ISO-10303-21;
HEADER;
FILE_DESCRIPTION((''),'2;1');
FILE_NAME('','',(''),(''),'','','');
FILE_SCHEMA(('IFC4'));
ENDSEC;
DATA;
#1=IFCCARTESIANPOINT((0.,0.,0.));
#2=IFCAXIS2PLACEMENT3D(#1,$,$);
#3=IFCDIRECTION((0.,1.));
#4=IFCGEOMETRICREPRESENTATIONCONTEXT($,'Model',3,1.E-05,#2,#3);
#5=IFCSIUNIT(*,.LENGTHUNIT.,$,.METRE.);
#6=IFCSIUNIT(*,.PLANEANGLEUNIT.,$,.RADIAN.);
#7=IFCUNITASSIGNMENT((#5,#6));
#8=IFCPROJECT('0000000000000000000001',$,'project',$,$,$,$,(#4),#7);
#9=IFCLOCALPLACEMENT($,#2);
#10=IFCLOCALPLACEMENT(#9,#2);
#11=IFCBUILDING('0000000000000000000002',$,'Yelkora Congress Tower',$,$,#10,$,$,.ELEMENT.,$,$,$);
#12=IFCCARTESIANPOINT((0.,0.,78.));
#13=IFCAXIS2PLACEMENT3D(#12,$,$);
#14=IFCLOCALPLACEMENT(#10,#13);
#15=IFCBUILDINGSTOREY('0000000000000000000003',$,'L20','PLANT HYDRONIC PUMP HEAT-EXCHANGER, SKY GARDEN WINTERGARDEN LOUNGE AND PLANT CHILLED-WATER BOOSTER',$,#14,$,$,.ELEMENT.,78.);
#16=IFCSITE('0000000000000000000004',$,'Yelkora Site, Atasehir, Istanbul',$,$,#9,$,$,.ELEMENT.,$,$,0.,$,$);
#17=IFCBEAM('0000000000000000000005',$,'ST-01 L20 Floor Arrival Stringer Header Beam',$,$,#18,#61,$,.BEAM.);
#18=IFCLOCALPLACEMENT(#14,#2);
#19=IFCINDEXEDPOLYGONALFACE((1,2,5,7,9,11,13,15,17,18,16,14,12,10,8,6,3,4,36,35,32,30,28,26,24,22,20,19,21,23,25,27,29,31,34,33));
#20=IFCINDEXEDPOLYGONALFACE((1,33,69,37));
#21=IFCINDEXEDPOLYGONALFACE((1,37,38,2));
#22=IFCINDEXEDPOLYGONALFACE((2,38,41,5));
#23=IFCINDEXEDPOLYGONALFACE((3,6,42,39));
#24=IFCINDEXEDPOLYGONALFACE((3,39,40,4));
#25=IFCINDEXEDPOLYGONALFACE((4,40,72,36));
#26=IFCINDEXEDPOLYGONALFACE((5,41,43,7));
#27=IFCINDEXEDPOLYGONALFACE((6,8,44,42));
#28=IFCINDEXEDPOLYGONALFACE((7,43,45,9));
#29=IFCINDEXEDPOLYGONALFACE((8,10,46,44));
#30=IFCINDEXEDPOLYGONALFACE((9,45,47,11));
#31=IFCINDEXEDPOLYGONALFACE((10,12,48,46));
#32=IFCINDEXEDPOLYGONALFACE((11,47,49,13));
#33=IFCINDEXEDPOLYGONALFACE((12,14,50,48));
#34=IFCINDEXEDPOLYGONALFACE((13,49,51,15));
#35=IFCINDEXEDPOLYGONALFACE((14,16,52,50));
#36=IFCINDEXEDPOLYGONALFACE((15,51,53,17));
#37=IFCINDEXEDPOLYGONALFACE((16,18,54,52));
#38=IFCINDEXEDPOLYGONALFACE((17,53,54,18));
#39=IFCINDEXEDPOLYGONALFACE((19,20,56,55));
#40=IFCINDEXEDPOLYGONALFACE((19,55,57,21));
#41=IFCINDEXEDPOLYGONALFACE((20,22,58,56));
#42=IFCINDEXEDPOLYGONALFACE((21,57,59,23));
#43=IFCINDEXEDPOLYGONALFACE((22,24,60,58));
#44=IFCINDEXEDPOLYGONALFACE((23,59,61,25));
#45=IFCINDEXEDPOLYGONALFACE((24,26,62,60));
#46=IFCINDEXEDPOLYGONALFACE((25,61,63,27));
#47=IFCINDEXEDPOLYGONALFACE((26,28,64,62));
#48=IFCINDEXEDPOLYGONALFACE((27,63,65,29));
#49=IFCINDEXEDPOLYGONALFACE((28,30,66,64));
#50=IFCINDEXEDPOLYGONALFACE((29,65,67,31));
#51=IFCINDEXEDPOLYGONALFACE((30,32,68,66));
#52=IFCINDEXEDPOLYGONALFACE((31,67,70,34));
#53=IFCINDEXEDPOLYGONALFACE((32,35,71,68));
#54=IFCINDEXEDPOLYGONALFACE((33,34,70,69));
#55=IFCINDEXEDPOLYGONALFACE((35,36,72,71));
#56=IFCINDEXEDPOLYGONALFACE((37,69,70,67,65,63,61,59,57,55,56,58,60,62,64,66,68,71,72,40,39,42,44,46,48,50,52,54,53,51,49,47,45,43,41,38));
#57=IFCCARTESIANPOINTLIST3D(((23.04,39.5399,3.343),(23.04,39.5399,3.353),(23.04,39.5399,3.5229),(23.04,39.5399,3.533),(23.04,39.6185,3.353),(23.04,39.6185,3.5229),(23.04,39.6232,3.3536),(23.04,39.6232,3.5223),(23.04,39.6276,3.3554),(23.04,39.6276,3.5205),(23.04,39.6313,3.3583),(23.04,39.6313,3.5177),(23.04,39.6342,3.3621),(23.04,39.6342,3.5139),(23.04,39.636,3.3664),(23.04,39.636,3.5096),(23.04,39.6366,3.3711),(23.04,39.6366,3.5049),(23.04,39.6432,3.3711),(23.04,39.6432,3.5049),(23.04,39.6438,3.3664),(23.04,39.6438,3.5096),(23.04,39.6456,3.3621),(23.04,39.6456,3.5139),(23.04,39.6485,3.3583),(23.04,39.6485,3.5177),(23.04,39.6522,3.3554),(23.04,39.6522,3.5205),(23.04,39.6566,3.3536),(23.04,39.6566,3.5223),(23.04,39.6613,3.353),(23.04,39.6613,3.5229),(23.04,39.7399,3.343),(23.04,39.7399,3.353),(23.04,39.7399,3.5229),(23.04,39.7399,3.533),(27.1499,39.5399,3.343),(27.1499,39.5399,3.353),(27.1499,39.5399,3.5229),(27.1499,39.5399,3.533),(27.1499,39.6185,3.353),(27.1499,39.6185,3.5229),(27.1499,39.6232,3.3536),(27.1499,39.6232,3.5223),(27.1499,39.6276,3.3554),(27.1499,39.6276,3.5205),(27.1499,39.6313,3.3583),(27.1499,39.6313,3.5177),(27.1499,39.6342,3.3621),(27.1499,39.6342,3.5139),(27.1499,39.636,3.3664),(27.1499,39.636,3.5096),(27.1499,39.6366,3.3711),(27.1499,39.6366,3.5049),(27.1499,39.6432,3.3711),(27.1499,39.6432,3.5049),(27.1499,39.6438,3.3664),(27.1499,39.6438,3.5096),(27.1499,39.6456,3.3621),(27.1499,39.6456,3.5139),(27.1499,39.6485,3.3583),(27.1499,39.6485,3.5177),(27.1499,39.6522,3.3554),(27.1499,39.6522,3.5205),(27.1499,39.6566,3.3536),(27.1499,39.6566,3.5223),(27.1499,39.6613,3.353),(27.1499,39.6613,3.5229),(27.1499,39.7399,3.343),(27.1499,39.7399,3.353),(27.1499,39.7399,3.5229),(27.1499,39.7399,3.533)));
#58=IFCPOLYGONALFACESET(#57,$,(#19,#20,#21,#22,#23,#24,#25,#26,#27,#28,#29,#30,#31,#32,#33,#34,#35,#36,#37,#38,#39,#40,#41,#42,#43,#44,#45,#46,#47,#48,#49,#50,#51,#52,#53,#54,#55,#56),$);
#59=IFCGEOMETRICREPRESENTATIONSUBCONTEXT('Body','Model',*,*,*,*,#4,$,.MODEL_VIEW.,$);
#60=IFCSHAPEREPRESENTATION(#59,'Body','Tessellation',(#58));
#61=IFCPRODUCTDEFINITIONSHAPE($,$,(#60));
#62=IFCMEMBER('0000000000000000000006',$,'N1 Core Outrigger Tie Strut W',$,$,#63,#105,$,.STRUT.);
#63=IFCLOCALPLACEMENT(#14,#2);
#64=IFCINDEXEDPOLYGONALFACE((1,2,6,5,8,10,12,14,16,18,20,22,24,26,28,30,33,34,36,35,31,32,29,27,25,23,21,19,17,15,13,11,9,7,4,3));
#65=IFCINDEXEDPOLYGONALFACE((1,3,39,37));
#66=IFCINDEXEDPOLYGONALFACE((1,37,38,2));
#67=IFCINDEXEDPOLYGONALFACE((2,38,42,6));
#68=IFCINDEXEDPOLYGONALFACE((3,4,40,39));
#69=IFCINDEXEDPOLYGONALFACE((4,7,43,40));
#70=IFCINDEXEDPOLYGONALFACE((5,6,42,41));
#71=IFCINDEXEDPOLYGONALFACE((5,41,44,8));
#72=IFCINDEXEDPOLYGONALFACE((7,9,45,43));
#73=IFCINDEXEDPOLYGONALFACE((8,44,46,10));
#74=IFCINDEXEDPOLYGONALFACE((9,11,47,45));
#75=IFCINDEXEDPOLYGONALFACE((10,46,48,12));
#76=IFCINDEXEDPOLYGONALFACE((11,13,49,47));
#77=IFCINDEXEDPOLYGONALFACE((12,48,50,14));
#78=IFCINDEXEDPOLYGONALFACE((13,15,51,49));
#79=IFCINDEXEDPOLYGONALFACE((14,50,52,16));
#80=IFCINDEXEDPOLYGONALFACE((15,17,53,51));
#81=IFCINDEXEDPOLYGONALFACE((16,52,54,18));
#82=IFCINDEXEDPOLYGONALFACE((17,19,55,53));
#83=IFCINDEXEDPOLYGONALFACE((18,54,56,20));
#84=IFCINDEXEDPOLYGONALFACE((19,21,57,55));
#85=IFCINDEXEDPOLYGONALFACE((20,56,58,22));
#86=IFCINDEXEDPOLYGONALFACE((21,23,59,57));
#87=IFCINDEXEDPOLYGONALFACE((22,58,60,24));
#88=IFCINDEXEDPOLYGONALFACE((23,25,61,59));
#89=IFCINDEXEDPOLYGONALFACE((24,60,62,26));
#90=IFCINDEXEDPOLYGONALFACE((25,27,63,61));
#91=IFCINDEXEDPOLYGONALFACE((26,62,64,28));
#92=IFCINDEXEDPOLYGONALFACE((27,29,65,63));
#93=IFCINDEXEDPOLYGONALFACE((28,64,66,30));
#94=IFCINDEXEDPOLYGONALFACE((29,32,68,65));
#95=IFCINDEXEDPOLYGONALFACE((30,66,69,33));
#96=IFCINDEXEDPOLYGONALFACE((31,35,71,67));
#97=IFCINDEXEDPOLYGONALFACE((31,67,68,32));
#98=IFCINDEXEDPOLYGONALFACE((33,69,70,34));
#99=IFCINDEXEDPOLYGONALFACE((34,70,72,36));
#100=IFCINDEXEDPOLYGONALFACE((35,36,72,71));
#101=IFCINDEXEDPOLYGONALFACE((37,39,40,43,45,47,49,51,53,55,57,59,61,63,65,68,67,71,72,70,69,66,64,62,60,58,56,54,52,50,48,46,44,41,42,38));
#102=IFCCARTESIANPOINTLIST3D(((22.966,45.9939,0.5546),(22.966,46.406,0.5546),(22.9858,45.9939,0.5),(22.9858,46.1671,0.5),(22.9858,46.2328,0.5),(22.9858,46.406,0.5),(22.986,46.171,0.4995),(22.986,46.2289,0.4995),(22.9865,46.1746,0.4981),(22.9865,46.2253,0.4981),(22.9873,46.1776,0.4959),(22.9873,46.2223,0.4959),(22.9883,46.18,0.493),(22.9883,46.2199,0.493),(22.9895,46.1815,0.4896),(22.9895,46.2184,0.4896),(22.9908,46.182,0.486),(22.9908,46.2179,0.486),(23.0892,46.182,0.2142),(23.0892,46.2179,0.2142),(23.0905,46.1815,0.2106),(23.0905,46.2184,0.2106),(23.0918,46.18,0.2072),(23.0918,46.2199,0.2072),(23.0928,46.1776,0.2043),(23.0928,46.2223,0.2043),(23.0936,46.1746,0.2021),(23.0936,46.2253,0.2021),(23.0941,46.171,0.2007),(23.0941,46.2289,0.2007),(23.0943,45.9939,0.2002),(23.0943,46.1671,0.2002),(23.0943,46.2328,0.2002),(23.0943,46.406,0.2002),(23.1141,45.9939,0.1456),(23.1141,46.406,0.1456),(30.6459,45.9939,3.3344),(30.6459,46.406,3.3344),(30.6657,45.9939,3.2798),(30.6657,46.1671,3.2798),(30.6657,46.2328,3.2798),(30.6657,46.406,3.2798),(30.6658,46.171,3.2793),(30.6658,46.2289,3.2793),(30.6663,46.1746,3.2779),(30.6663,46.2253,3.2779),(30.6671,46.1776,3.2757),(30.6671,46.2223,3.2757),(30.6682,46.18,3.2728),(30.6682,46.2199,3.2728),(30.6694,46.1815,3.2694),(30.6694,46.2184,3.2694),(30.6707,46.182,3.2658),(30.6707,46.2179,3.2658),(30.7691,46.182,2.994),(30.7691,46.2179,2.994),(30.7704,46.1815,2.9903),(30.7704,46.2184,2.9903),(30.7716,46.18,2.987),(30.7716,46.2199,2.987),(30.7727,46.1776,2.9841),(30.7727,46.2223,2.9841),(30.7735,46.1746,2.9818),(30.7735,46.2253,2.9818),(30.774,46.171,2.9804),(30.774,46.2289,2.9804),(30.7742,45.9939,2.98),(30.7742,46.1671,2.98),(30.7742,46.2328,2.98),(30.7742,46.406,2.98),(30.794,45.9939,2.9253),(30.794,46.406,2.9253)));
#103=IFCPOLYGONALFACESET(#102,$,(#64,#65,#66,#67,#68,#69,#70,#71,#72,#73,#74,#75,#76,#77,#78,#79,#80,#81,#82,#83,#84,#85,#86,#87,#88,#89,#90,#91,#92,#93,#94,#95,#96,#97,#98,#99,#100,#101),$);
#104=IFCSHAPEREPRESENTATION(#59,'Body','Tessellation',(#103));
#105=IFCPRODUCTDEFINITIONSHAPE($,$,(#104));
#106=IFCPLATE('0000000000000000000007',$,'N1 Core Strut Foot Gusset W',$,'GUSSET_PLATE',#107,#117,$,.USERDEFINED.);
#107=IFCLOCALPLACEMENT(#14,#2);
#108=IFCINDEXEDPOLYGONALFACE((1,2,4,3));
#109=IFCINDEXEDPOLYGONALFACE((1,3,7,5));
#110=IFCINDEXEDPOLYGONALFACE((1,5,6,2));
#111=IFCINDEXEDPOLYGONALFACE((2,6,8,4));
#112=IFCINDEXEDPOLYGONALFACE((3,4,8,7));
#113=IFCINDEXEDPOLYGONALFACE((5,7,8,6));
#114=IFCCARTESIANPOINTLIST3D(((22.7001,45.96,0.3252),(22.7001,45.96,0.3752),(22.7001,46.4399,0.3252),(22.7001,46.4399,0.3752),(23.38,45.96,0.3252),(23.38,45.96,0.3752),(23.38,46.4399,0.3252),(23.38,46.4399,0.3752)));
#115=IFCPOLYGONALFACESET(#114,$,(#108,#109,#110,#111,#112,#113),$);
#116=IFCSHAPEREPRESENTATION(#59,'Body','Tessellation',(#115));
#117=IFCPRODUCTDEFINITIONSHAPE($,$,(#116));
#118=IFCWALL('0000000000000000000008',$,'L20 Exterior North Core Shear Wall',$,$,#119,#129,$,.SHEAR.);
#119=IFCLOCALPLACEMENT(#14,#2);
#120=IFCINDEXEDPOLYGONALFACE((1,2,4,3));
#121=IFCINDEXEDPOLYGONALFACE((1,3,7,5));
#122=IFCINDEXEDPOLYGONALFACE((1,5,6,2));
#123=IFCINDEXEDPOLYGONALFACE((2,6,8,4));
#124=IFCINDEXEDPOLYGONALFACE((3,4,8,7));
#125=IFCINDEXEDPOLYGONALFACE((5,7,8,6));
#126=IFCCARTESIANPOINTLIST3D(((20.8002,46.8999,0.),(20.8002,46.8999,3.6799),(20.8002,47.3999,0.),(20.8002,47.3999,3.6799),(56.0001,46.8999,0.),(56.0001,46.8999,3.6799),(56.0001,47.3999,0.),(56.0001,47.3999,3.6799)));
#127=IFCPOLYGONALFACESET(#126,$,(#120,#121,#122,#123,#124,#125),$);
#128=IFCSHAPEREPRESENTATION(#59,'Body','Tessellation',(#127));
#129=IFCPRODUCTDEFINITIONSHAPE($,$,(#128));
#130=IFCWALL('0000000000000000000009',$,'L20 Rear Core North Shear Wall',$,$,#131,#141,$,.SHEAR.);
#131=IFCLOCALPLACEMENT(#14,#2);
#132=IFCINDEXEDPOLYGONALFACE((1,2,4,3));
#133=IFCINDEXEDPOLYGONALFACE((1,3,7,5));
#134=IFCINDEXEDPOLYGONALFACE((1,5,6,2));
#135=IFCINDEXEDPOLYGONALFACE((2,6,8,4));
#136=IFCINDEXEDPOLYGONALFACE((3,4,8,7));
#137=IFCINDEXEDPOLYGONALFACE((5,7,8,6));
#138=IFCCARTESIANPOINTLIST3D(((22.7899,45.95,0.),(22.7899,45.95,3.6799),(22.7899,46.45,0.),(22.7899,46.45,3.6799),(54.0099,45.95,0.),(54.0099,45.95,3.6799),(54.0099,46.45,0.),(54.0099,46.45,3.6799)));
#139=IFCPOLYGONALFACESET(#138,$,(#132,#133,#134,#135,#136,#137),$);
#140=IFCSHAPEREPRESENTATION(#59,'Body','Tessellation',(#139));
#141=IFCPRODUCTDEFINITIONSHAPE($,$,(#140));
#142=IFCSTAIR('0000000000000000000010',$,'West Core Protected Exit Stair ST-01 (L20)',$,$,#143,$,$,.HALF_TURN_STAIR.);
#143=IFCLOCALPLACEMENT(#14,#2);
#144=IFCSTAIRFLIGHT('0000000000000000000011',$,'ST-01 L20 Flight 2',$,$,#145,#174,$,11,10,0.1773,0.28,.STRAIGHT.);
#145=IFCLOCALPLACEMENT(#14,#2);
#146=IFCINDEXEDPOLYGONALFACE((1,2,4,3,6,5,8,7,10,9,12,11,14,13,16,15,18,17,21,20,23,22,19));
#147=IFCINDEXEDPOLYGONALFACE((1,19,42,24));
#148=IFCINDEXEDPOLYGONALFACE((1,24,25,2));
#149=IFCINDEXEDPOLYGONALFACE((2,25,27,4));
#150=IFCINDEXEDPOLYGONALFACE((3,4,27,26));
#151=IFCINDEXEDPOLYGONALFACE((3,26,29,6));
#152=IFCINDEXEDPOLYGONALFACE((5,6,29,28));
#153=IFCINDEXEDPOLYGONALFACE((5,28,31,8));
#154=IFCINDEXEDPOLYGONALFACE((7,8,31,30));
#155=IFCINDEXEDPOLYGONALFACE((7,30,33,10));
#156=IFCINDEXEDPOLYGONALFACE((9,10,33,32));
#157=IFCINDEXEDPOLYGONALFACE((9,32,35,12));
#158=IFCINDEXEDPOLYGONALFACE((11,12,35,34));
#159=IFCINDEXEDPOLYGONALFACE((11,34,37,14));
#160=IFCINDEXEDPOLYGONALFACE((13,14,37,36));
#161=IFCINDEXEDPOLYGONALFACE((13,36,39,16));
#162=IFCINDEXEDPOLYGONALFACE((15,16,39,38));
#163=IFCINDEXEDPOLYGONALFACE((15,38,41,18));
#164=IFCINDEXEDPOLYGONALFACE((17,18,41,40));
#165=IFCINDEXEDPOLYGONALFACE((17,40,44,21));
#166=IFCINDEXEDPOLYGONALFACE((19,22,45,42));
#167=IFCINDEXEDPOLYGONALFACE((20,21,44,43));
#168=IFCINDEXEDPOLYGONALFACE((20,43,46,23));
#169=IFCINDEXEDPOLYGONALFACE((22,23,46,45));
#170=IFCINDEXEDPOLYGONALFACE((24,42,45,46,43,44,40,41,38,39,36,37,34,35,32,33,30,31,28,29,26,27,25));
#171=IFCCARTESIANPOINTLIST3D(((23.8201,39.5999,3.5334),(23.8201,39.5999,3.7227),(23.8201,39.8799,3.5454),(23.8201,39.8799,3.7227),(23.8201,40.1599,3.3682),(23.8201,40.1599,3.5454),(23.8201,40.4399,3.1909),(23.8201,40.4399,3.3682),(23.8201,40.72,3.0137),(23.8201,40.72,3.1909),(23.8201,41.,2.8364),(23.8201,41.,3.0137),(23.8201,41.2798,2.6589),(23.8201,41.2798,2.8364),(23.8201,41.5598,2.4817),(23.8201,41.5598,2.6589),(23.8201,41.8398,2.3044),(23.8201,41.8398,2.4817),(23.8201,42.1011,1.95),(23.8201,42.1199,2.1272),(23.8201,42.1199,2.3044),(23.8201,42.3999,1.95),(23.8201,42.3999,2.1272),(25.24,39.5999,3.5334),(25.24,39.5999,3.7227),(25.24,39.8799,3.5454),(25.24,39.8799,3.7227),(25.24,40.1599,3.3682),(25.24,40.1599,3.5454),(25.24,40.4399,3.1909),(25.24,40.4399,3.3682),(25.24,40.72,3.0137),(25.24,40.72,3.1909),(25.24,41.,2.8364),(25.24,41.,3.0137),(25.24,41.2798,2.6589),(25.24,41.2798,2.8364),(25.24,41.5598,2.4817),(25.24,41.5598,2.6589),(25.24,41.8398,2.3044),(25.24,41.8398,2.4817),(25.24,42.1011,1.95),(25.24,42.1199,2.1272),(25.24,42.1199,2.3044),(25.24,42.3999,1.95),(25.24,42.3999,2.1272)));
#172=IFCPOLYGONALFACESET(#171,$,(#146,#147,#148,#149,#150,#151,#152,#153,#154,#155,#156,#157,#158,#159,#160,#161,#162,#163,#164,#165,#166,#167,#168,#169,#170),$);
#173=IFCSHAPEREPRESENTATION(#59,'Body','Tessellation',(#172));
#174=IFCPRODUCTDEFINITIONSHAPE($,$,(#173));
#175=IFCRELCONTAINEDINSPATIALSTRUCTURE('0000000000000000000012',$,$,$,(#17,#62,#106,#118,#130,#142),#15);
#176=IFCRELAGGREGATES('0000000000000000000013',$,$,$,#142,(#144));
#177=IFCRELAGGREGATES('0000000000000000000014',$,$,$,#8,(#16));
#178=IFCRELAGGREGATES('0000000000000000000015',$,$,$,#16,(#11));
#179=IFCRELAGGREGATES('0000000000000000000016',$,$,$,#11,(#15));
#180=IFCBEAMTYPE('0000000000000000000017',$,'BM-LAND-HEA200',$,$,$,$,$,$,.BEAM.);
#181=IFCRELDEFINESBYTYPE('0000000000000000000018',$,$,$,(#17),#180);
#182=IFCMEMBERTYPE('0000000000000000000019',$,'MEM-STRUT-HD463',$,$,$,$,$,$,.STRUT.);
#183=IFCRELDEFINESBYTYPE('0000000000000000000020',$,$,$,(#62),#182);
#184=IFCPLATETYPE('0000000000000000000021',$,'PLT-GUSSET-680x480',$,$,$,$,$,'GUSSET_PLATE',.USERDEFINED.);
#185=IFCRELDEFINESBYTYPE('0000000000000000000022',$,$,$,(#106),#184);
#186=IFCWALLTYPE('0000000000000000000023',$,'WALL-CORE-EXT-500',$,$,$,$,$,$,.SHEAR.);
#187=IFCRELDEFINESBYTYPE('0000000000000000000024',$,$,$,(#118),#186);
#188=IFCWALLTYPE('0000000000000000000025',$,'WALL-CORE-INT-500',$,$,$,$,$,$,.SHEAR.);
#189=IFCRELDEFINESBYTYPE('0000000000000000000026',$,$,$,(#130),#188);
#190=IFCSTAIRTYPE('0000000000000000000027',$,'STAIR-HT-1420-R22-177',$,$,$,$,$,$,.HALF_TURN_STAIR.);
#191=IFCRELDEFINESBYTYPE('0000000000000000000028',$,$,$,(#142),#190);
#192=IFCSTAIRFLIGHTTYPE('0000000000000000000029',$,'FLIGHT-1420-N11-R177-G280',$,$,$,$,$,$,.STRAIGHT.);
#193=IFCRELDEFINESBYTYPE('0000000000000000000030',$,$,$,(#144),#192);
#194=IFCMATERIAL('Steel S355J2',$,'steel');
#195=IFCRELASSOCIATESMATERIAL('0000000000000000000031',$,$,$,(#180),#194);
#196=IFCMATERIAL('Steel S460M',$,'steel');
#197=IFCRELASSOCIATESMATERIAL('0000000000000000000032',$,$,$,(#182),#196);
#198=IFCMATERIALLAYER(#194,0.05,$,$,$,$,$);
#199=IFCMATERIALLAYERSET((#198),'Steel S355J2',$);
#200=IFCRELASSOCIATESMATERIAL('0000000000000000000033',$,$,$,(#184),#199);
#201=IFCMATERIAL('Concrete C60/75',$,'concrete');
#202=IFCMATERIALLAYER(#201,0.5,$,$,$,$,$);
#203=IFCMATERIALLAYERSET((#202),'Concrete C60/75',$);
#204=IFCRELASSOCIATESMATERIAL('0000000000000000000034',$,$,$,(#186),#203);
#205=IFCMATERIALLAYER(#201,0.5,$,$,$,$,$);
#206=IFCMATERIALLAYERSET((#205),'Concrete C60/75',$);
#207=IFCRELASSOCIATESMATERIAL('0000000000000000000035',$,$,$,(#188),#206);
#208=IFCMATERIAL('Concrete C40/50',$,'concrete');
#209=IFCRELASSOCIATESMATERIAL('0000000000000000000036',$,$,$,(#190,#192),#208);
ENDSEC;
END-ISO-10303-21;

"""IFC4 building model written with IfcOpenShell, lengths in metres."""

from ifc_helpers import new_model, si_unit, direction, frame, frame_2d, origin, origin_2d, place, context, subcontext, project, spatial, polyline, rectangle, i_section, outline, extrude, material, layer, layer_set, material_profile, profile_set, type_object, element, aggregate, save


model = new_model("IFC4")

# Units and contexts
model_context = context("Model", 3, precision=1e-05, world=origin(), true_north=direction((0.0, 1.0)))
body_context = subcontext(model_context, "Body", "Model", "MODEL_VIEW")
ifc_project = project(units=[si_unit("LENGTHUNIT", "METRE"), si_unit("PLANEANGLEUNIT", "RADIAN")], contexts=[model_context])

# Site, building, storey
site_placement = place(None, origin())
site = spatial("IfcSite", under=ifc_project, at=site_placement, Name="Yelkora Site, Atasehir, Istanbul", CompositionType="ELEMENT", RefElevation=0.0)
building_placement = place(site_placement, origin())
building = spatial("IfcBuilding", under=site, at=building_placement, Name="Yelkora Congress Tower", CompositionType="ELEMENT")
storey_placement = place(building_placement, frame((0.0, 0.0, 78.0)))
storey = spatial("IfcBuildingStorey", under=building, at=storey_placement, Name="L20", Description="PLANT HYDRONIC PUMP HEAT-EXCHANGER, SKY GARDEN WINTERGARDEN LOUNGE AND PLANT CHILLED-WATER BOOSTER", CompositionType="ELEMENT", Elevation=78.0)

# Shared definitions
ifc_material_1 = material(Name="Concrete C60/75", Category="concrete")

# Beam
ifc_material_2 = material(Name="Steel S355J2", Category="steel")
ifc_material_profile_1 = material_profile(ifc_material_2, i_section(OverallWidth=0.2, OverallDepth=0.1899, WebThickness=0.0066, FlangeThickness=0.01, FilletRadius=0.0181, at=origin_2d()), Name="HEA 200")
ifc_profile_set_1 = profile_set([ifc_material_profile_1], Name="Steel S355J2")
beam_type = type_object("IfcBeamType", Name="BM-LAND-HEA200", PredefinedType="BEAM", material=ifc_profile_set_1)
beam_1_placement = place(storey_placement, frame((23.04, 39.6399, 3.438), z_axis=(1.0, 0.0, 0.0), x_axis=(0.0, 1.0, 0.0)))
element("IfcBeam", 1, at=beam_1_placement, inside=storey, type_object=beam_type, Name="ST-01 L20 Floor Arrival Stringer Header Beam", PredefinedType="BEAM", context=body_context, shape_type="SweptSolid", body=[
    extrude(i_section(OverallWidth=0.2, OverallDepth=0.1899, WebThickness=0.0066, FlangeThickness=0.01, FilletRadius=0.0181, at=origin_2d()), origin(), (0.0, 0.0, 1.0), 4.1099),
])

# Member
ifc_material_3 = material(Name="Steel S460M", Category="steel")
ifc_material_profile_2 = material_profile(ifc_material_3, i_section(OverallWidth=0.4121, OverallDepth=0.4351, WebThickness=0.0359, FlangeThickness=0.0581, FilletRadius=0.0149, at=origin_2d()), Name="HD 400x463")
ifc_profile_set_2 = profile_set([ifc_material_profile_2], Name="Steel S460M")
member_type = type_object("IfcMemberType", Name="MEM-STRUT-HD463", PredefinedType="STRUT", material=ifc_profile_set_2)
member_placement = place(storey_placement, frame((23.04, 46.2, 0.3501), z_axis=(0.9403, 0.0, 0.340346), x_axis=(0.0, 1.0, 0.0)))
element("IfcMember", 2, at=member_placement, inside=storey, type_object=member_type, Name="N1 Core Outrigger Tie Strut W", PredefinedType="STRUT", context=body_context, shape_type="SweptSolid", body=[
    extrude(i_section(OverallWidth=0.4121, OverallDepth=0.4351, WebThickness=0.0359, FlangeThickness=0.0581, FilletRadius=0.0149, at=origin_2d()), origin(), (0.0, 0.0, 1.0), 8.1675),
])

# Plate
ifc_layer_1 = layer(ifc_material_2, 0.05)
ifc_layer_set_1 = layer_set([ifc_layer_1], Name="Steel S355J2")
plate_type = type_object("IfcPlateType", Name="PLT-GUSSET-680x480", ElementType="GUSSET_PLATE", PredefinedType="USERDEFINED", material=ifc_layer_set_1)
plate_placement = place(storey_placement, frame((23.04, 46.2, 0.3252), z_axis=(0.0, 0.0, 1.0), x_axis=(1.0, 0.0, 0.0)))
element("IfcPlate", 3, at=plate_placement, inside=storey, type_object=plate_type, Name="N1 Core Strut Foot Gusset W", ObjectType="GUSSET_PLATE", PredefinedType="USERDEFINED", context=body_context, shape_type="SweptSolid", body=[
    extrude(rectangle(XDim=0.6799, YDim=0.48, at=origin_2d()), origin(), (0.0, 0.0, 1.0), 0.05),
])

# Walls
ifc_layer_2 = layer(ifc_material_1, 0.5)
ifc_layer_set_2 = layer_set([ifc_layer_2], Name="Concrete C60/75")
wall_type_1 = type_object("IfcWallType", Name="WALL-CORE-EXT-500", PredefinedType="SHEAR", material=ifc_layer_set_2)
wall_1_placement = place(storey_placement, frame((20.8, 47.1499, 0.0), z_axis=(0.0, 0.0, 1.0), x_axis=(1.0, 0.0, 0.0)))
element("IfcWall", 4, at=wall_1_placement, inside=storey, type_object=wall_type_1, Name="L20 Exterior North Core Shear Wall", PredefinedType="SHEAR", context=body_context, shape_type="SweptSolid", body=[
    extrude(rectangle(XDim=35.2, YDim=0.5, at=frame_2d((17.6001, 0.0))), origin(), (0.0, 0.0, 1.0), 3.6799),
])
ifc_layer_3 = layer(ifc_material_1, 0.5)
ifc_layer_set_3 = layer_set([ifc_layer_3], Name="Concrete C60/75")
wall_type_2 = type_object("IfcWallType", Name="WALL-CORE-INT-500", PredefinedType="SHEAR", material=ifc_layer_set_3)
wall_2_placement = place(storey_placement, frame((22.79, 46.2, 0.0), z_axis=(0.0, 0.0, 1.0), x_axis=(1.0, 0.0, 0.0)))
element("IfcWall", 5, at=wall_2_placement, inside=storey, type_object=wall_type_2, Name="L20 Rear Core North Shear Wall", PredefinedType="SHEAR", context=body_context, shape_type="SweptSolid", body=[
    extrude(rectangle(XDim=31.22, YDim=0.5, at=frame_2d((15.6099, 0.0))), origin(), (0.0, 0.0, 1.0), 3.6799),
])

# Stair, stair flight
ifc_material_4 = material(Name="Concrete C40/50", Category="concrete")
stair_type = type_object("IfcStairType", Name="STAIR-HT-1420-R22-177", PredefinedType="HALF_TURN_STAIR", material=ifc_material_4)
stair_placement = place(storey_placement, origin())
stair = element("IfcStair", 6, at=stair_placement, inside=storey, type_object=stair_type, Name="West Core Protected Exit Stair ST-01 (L20)", PredefinedType="HALF_TURN_STAIR")
stair_flight_type = type_object("IfcStairFlightType", Name="FLIGHT-1420-N11-R177-G280", PredefinedType="STRAIGHT", material=ifc_material_4)
stair_flight_placement = place(storey_placement, frame((24.53, 42.3999, 1.95), z_axis=(0.0, 0.0, 1.0), x_axis=(0.0, -1.0, 0.0)))
stair_flight = element("IfcStairFlight", 7, at=stair_flight_placement, type_object=stair_flight_type, Name="ST-01 L20 Flight 2", NumberOfRisers=11, NumberOfTreads=10, PredefinedType="STRAIGHT", RiserHeight=0.1773, TreadLength=0.28, context=body_context, shape_type="SweptSolid", body=[
    extrude(outline(polyline([(0.0, 0.0), (0.0, 0.1772), (0.28, 0.1772), (0.28, 0.3545), (0.5601, 0.3545), (0.5601, 0.5317), (0.8401, 0.5317), (0.8401, 0.709), (1.1201, 0.709), (1.1201, 0.8865), (1.3999, 0.8865), (1.3999, 1.0637), (1.6799, 1.0637), (1.6799, 1.241), (1.96, 1.241), (1.96, 1.4182), (2.24, 1.4182), (2.24, 1.5955), (2.52, 1.5955), (2.52, 1.7727), (2.8, 1.7727), (2.8, 1.95), (2.8, 1.5835), (0.2988, 0.0), (0.0, 0.0)])), frame((0.0, 0.71, 0.0), z_axis=(0.0, -1.0, 0.0), x_axis=(1.0, 0.0, 0.0)), (0.0, 0.0, 1.0), 1.4199),
])
aggregate(stair, [stair_flight])

save(model, "model.ifc")
